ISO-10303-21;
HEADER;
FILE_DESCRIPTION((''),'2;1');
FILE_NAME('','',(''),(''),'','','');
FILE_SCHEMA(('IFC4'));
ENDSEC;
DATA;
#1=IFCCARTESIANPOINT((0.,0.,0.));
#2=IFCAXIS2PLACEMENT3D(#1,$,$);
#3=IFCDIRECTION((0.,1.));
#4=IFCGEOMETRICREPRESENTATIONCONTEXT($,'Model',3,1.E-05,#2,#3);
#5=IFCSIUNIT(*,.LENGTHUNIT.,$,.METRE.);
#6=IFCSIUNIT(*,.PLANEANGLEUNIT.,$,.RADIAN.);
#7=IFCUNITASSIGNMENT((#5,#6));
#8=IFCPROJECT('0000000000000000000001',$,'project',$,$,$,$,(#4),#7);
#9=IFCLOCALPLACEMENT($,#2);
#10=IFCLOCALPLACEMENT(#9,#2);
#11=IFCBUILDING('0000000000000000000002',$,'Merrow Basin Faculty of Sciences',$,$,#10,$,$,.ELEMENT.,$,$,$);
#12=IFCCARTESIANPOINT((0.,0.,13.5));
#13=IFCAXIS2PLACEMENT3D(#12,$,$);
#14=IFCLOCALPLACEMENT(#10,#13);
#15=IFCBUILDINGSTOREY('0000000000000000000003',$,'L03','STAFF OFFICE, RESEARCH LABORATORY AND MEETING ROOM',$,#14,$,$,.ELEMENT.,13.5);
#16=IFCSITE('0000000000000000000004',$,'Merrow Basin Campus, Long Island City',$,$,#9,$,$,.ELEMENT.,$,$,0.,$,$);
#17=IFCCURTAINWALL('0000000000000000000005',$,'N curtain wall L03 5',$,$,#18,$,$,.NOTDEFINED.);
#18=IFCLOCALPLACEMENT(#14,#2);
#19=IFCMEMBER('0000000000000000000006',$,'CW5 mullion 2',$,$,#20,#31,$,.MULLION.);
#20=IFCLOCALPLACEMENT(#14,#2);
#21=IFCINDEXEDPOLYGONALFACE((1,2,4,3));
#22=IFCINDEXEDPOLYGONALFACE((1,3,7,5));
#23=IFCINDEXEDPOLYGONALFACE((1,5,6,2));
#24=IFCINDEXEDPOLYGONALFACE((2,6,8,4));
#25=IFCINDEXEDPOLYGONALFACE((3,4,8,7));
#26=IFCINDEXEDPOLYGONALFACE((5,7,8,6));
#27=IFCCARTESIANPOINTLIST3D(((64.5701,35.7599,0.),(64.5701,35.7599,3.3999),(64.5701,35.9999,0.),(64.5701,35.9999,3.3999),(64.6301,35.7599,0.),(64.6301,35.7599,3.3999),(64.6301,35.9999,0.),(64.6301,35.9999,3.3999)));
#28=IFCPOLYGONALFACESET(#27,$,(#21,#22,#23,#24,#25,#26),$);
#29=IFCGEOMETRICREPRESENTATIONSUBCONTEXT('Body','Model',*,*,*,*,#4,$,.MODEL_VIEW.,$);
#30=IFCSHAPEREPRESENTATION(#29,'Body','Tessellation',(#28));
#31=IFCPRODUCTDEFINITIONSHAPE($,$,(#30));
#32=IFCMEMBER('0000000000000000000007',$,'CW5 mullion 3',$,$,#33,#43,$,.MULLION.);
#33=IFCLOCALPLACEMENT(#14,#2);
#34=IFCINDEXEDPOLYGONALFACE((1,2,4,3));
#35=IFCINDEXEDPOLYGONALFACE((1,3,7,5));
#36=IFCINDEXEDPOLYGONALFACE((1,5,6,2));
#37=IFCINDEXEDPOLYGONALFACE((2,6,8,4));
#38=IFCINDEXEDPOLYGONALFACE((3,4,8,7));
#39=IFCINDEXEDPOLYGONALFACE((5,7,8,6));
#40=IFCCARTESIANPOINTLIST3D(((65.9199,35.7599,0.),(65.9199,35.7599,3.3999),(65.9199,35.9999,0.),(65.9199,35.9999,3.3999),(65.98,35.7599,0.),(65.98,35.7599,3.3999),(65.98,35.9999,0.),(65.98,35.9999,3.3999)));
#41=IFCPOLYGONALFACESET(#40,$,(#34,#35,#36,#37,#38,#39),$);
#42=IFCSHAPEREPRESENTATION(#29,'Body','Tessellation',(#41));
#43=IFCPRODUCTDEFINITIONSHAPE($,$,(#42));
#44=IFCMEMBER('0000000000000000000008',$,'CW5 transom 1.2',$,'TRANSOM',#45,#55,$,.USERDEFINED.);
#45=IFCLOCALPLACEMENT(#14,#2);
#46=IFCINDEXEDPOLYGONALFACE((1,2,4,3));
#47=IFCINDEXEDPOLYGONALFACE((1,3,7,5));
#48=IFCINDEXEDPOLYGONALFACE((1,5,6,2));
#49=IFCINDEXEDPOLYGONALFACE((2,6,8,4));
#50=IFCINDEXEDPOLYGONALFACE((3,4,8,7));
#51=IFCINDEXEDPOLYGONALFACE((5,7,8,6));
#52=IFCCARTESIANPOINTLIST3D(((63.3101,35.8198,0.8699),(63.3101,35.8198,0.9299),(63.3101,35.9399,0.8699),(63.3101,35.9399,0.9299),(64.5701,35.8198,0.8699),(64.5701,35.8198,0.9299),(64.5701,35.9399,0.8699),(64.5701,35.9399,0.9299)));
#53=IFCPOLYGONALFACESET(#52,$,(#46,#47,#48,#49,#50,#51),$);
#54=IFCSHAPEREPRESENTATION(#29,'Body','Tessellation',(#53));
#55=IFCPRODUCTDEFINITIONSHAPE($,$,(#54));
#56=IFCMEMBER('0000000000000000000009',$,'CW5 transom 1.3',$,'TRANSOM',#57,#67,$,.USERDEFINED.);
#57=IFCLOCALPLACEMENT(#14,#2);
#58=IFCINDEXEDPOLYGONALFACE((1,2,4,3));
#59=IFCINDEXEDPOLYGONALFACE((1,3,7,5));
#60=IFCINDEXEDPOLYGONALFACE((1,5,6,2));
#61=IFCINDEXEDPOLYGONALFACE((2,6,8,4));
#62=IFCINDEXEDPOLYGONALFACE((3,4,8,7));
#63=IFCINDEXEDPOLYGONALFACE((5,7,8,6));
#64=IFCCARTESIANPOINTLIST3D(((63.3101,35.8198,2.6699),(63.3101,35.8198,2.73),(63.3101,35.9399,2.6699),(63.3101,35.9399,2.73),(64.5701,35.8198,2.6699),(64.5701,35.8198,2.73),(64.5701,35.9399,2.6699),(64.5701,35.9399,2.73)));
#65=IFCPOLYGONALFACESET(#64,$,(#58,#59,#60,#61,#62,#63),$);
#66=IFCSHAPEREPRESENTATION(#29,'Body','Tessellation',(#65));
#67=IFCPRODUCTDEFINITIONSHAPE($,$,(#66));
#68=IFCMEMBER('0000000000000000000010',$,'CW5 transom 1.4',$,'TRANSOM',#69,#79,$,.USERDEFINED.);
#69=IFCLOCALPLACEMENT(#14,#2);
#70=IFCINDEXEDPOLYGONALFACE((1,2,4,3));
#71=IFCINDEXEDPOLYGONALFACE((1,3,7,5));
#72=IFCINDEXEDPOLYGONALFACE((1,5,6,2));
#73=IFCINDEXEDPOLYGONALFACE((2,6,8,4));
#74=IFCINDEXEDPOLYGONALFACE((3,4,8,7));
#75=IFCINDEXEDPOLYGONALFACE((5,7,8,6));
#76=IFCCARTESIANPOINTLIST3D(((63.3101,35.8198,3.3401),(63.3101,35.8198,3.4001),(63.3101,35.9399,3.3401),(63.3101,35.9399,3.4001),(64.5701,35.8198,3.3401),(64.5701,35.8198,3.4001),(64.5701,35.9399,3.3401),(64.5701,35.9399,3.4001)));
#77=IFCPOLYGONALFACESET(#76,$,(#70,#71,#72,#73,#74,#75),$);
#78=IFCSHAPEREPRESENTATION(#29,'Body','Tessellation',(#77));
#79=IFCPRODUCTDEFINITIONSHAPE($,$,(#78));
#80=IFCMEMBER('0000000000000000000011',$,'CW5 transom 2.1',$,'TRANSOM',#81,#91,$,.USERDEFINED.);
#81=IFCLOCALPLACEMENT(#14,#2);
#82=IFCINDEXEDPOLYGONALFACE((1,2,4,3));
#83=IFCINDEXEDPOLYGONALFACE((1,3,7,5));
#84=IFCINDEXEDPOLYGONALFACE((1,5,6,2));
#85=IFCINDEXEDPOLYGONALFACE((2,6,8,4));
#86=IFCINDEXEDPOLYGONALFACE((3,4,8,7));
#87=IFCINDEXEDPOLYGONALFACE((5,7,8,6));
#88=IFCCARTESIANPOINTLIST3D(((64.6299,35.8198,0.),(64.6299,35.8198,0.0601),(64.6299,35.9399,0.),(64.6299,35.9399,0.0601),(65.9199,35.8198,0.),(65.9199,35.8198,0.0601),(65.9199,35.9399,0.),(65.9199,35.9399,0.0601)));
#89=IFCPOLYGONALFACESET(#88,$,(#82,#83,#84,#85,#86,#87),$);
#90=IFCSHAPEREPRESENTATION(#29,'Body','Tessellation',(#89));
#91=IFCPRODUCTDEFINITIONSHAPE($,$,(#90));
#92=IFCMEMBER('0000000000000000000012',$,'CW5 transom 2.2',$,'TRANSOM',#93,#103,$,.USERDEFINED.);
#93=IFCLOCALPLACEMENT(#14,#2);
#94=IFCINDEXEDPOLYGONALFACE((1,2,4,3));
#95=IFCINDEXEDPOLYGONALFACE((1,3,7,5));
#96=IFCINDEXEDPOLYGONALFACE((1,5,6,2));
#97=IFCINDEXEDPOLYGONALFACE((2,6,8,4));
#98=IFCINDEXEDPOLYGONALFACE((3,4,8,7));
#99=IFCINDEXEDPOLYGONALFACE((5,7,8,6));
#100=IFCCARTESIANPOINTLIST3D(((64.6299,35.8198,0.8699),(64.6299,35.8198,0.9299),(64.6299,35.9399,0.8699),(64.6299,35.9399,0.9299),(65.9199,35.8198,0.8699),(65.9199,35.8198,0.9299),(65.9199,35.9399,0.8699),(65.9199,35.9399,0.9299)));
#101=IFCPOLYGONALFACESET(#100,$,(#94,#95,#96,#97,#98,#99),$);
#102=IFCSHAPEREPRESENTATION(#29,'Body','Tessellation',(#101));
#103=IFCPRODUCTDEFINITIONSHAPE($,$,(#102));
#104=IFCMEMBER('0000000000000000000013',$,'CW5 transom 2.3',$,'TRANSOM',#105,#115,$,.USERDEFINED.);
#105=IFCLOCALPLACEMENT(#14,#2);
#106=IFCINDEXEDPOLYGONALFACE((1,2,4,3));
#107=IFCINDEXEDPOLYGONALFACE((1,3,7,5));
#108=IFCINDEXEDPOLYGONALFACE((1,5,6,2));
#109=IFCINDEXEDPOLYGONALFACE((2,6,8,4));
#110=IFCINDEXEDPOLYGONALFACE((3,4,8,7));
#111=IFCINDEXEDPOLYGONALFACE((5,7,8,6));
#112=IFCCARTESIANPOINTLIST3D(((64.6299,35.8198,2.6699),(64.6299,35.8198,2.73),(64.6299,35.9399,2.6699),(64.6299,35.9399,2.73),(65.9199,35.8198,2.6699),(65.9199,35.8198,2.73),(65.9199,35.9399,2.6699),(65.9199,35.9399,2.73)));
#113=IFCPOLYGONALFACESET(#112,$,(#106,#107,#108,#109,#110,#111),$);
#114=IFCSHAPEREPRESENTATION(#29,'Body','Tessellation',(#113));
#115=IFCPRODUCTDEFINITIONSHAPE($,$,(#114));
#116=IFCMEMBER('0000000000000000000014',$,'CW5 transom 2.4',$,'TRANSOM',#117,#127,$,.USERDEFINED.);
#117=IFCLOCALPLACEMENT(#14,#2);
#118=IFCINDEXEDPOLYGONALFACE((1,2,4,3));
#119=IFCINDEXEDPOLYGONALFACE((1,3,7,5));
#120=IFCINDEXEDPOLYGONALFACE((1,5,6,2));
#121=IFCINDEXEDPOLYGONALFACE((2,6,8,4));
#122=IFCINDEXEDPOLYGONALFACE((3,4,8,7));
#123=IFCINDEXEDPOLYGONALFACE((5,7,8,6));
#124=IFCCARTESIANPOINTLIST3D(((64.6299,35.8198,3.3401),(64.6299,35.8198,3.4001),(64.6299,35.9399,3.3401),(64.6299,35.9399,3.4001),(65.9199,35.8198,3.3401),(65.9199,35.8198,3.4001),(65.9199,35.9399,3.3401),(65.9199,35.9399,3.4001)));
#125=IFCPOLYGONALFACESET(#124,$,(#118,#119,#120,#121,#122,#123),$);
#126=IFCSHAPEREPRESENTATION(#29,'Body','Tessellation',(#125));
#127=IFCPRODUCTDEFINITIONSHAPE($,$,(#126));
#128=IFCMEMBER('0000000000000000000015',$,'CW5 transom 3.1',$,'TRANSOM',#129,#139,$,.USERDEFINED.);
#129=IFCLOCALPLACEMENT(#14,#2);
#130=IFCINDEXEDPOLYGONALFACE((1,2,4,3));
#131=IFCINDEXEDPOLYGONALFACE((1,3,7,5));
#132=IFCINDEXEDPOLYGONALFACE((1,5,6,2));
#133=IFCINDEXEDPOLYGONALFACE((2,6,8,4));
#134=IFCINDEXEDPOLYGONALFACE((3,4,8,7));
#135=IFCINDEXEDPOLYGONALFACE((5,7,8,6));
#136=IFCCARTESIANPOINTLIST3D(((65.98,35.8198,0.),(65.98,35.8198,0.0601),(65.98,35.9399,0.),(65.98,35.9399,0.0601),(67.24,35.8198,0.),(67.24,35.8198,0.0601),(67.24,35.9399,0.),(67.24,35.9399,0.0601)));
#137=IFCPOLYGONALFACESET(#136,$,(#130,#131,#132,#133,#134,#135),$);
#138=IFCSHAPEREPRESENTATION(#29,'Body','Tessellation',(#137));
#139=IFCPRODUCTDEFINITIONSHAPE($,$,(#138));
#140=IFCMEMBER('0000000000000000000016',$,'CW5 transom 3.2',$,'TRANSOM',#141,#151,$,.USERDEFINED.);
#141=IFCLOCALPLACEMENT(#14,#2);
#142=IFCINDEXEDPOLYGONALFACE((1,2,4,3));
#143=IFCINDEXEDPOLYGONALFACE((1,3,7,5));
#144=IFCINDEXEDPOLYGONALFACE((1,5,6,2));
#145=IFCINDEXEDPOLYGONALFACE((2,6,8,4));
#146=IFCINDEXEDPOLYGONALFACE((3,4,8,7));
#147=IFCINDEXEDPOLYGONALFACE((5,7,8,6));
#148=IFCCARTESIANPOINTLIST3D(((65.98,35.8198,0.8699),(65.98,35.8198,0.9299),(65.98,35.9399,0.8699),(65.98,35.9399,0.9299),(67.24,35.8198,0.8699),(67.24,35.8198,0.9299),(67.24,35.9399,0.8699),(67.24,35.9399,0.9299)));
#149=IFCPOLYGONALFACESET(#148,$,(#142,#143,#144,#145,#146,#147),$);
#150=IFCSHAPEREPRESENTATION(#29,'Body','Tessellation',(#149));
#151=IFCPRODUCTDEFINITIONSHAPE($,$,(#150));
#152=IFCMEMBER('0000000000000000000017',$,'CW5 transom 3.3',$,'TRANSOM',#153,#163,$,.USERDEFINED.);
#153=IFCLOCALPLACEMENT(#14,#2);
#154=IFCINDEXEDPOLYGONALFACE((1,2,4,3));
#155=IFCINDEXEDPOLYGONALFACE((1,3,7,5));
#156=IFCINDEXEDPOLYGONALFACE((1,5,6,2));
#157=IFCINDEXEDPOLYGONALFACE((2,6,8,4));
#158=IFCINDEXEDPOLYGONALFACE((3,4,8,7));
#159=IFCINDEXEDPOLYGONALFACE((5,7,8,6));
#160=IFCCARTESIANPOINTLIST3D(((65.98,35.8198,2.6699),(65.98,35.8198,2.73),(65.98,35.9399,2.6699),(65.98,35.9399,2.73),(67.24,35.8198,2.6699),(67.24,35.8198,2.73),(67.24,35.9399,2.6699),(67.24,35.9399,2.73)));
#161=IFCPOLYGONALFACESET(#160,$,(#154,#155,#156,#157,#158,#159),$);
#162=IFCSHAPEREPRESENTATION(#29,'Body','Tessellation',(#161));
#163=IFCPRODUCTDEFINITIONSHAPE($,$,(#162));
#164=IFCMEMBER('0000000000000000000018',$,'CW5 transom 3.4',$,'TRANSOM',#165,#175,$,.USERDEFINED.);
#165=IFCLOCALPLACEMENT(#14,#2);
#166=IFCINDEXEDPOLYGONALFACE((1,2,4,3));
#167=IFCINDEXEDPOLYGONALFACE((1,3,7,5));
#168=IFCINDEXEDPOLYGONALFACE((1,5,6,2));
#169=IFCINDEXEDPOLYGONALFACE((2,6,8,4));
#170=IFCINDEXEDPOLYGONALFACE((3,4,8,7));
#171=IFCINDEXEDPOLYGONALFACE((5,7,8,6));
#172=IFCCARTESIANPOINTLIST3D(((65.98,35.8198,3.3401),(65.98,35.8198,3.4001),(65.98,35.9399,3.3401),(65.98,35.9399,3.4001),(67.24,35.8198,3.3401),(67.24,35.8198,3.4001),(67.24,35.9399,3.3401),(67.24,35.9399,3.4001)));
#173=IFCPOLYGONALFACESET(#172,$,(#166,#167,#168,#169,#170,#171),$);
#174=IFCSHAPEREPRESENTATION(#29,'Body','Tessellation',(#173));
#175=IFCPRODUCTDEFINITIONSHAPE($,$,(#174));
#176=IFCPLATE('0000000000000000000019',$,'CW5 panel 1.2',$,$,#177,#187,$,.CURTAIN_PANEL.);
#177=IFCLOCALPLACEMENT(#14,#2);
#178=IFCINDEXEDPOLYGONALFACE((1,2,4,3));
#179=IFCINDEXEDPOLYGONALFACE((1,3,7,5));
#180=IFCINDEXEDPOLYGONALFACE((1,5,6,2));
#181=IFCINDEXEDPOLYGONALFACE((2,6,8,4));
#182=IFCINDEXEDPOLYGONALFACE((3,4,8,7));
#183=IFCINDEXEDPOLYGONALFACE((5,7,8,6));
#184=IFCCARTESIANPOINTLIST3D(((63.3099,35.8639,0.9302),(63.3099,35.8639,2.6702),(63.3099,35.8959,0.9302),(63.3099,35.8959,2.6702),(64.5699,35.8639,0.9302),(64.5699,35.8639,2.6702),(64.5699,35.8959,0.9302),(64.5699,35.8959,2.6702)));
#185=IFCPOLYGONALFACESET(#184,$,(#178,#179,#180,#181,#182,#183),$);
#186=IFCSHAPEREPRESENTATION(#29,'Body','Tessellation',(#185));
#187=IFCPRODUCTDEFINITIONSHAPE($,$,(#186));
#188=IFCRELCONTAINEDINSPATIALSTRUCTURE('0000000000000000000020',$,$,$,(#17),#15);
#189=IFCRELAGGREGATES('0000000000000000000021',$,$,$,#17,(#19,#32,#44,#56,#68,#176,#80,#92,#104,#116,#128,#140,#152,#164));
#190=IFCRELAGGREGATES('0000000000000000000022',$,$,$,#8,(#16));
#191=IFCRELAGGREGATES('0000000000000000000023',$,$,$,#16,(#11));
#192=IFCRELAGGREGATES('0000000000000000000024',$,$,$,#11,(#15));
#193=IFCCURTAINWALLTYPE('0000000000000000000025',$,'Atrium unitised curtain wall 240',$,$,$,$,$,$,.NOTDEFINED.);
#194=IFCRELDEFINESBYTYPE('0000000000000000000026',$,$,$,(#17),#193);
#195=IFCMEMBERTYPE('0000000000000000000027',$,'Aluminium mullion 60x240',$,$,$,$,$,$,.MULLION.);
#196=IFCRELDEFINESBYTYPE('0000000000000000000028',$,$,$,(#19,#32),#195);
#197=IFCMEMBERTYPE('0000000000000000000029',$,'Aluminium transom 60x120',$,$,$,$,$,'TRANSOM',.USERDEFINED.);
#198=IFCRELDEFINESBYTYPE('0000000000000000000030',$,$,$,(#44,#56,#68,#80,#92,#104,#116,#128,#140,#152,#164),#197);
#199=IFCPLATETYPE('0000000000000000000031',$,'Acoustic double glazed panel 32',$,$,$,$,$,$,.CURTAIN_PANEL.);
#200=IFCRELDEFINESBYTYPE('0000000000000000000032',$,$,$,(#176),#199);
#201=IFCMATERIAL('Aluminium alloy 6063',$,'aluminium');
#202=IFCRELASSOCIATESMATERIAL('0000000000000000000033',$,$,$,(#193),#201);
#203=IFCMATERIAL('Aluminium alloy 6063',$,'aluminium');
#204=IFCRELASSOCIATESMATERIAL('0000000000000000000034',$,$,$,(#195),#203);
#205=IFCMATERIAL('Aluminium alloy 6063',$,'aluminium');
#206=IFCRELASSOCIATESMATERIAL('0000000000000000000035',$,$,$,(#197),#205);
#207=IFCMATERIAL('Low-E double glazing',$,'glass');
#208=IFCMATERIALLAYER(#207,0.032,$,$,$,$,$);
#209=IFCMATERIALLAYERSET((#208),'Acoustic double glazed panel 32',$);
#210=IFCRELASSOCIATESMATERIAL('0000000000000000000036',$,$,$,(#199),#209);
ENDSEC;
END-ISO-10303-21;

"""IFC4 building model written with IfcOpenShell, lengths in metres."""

from ifc_helpers import new_model, si_unit, direction, frame, origin, origin_2d, place, context, subcontext, project, spatial, rectangle, extrude, material, layer, layer_set, material_profile, profile_set, type_object, element, aggregate, save


model = new_model("IFC4")

# Units and contexts
model_context = context("Model", 3, precision=1e-05, world=origin(), true_north=direction((0.0, 1.0)))
body_context = subcontext(model_context, "Body", "Model", "MODEL_VIEW")
ifc_project = project(units=[si_unit("LENGTHUNIT", "METRE"), si_unit("PLANEANGLEUNIT", "RADIAN")], contexts=[model_context])

# Site, building, storey
site_placement = place(None, origin())
site = spatial("IfcSite", under=ifc_project, at=site_placement, Name="Merrow Basin Campus, Long Island City", CompositionType="ELEMENT", RefElevation=0.0)
building_placement = place(site_placement, origin())
building = spatial("IfcBuilding", under=site, at=building_placement, Name="Merrow Basin Faculty of Sciences", CompositionType="ELEMENT")
storey_placement = place(building_placement, frame((0.0, 0.0, 13.5)))
storey = spatial("IfcBuildingStorey", under=building, at=storey_placement, Name="L03", Description="STAFF OFFICE, RESEARCH LABORATORY AND MEETING ROOM", CompositionType="ELEMENT", Elevation=13.5)

# Curtain wall, members, plate
ifc_material_1 = material(Name="Aluminium alloy 6063", Category="aluminium")
curtain_wall_type = type_object("IfcCurtainWallType", Name="Atrium unitised curtain wall 240", PredefinedType="NOTDEFINED", material=ifc_material_1)
curtain_wall_placement = place(storey_placement, origin())
curtain_wall = element("IfcCurtainWall", 1, at=curtain_wall_placement, inside=storey, type_object=curtain_wall_type, Name="N curtain wall L03 5", PredefinedType="NOTDEFINED")
ifc_material_2 = material(Name="Aluminium alloy 6063", Category="aluminium")
ifc_material_profile_1 = material_profile(ifc_material_2, rectangle(XDim=0.24, YDim=0.0601, at=origin_2d()))
ifc_profile_set_1 = profile_set([ifc_material_profile_1], Name="Aluminium alloy 6063")
member_type_1 = type_object("IfcMemberType", Name="Aluminium mullion 60x240", PredefinedType="MULLION", material=ifc_profile_set_1)
member_1_placement = place(storey_placement, frame((64.6001, 35.8799, 0.0), z_axis=(0.0, 0.0, 1.0), x_axis=(0.0, 1.0, 0.0)))
member_1 = element("IfcMember", 2, at=member_1_placement, type_object=member_type_1, Name="CW5 mullion 2", PredefinedType="MULLION", context=body_context, shape_type="SweptSolid", body=[
    extrude(rectangle(XDim=0.24, YDim=0.0601, at=origin_2d()), origin(), (0.0, 0.0, 1.0), 3.3999),
])
member_2_placement = place(storey_placement, frame((65.95, 35.8799, 0.0), z_axis=(0.0, 0.0, 1.0), x_axis=(0.0, 1.0, 0.0)))
member_2 = element("IfcMember", 3, at=member_2_placement, type_object=member_type_1, Name="CW5 mullion 3", PredefinedType="MULLION", context=body_context, shape_type="SweptSolid", body=[
    extrude(rectangle(XDim=0.24, YDim=0.0601, at=origin_2d()), origin(), (0.0, 0.0, 1.0), 3.3999),
])
ifc_material_3 = material(Name="Aluminium alloy 6063", Category="aluminium")
ifc_material_profile_2 = material_profile(ifc_material_3, rectangle(XDim=0.1201, YDim=0.0601, at=origin_2d()))
ifc_profile_set_2 = profile_set([ifc_material_profile_2], Name="Aluminium alloy 6063")
member_type_2 = type_object("IfcMemberType", Name="Aluminium transom 60x120", ElementType="TRANSOM", PredefinedType="USERDEFINED", material=ifc_profile_set_2)
member_3_placement = place(storey_placement, frame((63.3101, 35.8799, 0.8999), z_axis=(1.0, 0.0, 0.0), x_axis=(0.0, 1.0, 0.0)))
member_3 = element("IfcMember", 4, at=member_3_placement, type_object=member_type_2, Name="CW5 transom 1.2", ObjectType="TRANSOM", PredefinedType="USERDEFINED", context=body_context, shape_type="SweptSolid", body=[
    extrude(rectangle(XDim=0.1201, YDim=0.0601, at=origin_2d()), origin(), (0.0, 0.0, 1.0), 1.26),
])
member_4_placement = place(storey_placement, frame((63.3101, 35.8799, 2.7), z_axis=(1.0, 0.0, 0.0), x_axis=(0.0, 1.0, 0.0)))
member_4 = element("IfcMember", 5, at=member_4_placement, type_object=member_type_2, Name="CW5 transom 1.3", ObjectType="TRANSOM", PredefinedType="USERDEFINED", context=body_context, shape_type="SweptSolid", body=[
    extrude(rectangle(XDim=0.1201, YDim=0.0601, at=origin_2d()), origin(), (0.0, 0.0, 1.0), 1.26),
])
member_5_placement = place(storey_placement, frame((63.3101, 35.8799, 3.3701), z_axis=(1.0, 0.0, 0.0), x_axis=(0.0, 1.0, 0.0)))
member_5 = element("IfcMember", 6, at=member_5_placement, type_object=member_type_2, Name="CW5 transom 1.4", ObjectType="TRANSOM", PredefinedType="USERDEFINED", context=body_context, shape_type="SweptSolid", body=[
    extrude(rectangle(XDim=0.1201, YDim=0.0601, at=origin_2d()), origin(), (0.0, 0.0, 1.0), 1.26),
])
member_6_placement = place(storey_placement, frame((64.6299, 35.8799, 0.03), z_axis=(1.0, 0.0, 0.0), x_axis=(0.0, 1.0, 0.0)))
member_6 = element("IfcMember", 7, at=member_6_placement, type_object=member_type_2, Name="CW5 transom 2.1", ObjectType="TRANSOM", PredefinedType="USERDEFINED", context=body_context, shape_type="SweptSolid", body=[
    extrude(rectangle(XDim=0.1201, YDim=0.0601, at=origin_2d()), origin(), (0.0, 0.0, 1.0), 1.29),
])
member_7_placement = place(storey_placement, frame((64.6299, 35.8799, 0.8999), z_axis=(1.0, 0.0, 0.0), x_axis=(0.0, 1.0, 0.0)))
member_7 = element("IfcMember", 8, at=member_7_placement, type_object=member_type_2, Name="CW5 transom 2.2", ObjectType="TRANSOM", PredefinedType="USERDEFINED", context=body_context, shape_type="SweptSolid", body=[
    extrude(rectangle(XDim=0.1201, YDim=0.0601, at=origin_2d()), origin(), (0.0, 0.0, 1.0), 1.29),
])
member_8_placement = place(storey_placement, frame((64.6299, 35.8799, 2.7), z_axis=(1.0, 0.0, 0.0), x_axis=(0.0, 1.0, 0.0)))
member_8 = element("IfcMember", 9, at=member_8_placement, type_object=member_type_2, Name="CW5 transom 2.3", ObjectType="TRANSOM", PredefinedType="USERDEFINED", context=body_context, shape_type="SweptSolid", body=[
    extrude(rectangle(XDim=0.1201, YDim=0.0601, at=origin_2d()), origin(), (0.0, 0.0, 1.0), 1.29),
])
member_9_placement = place(storey_placement, frame((64.6299, 35.8799, 3.3701), z_axis=(1.0, 0.0, 0.0), x_axis=(0.0, 1.0, 0.0)))
member_9 = element("IfcMember", 10, at=member_9_placement, type_object=member_type_2, Name="CW5 transom 2.4", ObjectType="TRANSOM", PredefinedType="USERDEFINED", context=body_context, shape_type="SweptSolid", body=[
    extrude(rectangle(XDim=0.1201, YDim=0.0601, at=origin_2d()), origin(), (0.0, 0.0, 1.0), 1.29),
])
member_10_placement = place(storey_placement, frame((65.98, 35.8799, 0.03), z_axis=(1.0, 0.0, 0.0), x_axis=(0.0, 1.0, 0.0)))
member_10 = element("IfcMember", 11, at=member_10_placement, type_object=member_type_2, Name="CW5 transom 3.1", ObjectType="TRANSOM", PredefinedType="USERDEFINED", context=body_context, shape_type="SweptSolid", body=[
    extrude(rectangle(XDim=0.1201, YDim=0.0601, at=origin_2d()), origin(), (0.0, 0.0, 1.0), 1.26),
])
member_11_placement = place(storey_placement, frame((65.98, 35.8799, 0.8999), z_axis=(1.0, 0.0, 0.0), x_axis=(0.0, 1.0, 0.0)))
member_11 = element("IfcMember", 12, at=member_11_placement, type_object=member_type_2, Name="CW5 transom 3.2", ObjectType="TRANSOM", PredefinedType="USERDEFINED", context=body_context, shape_type="SweptSolid", body=[
    extrude(rectangle(XDim=0.1201, YDim=0.0601, at=origin_2d()), origin(), (0.0, 0.0, 1.0), 1.26),
])
member_12_placement = place(storey_placement, frame((65.98, 35.8799, 2.7), z_axis=(1.0, 0.0, 0.0), x_axis=(0.0, 1.0, 0.0)))
member_12 = element("IfcMember", 13, at=member_12_placement, type_object=member_type_2, Name="CW5 transom 3.3", ObjectType="TRANSOM", PredefinedType="USERDEFINED", context=body_context, shape_type="SweptSolid", body=[
    extrude(rectangle(XDim=0.1201, YDim=0.0601, at=origin_2d()), origin(), (0.0, 0.0, 1.0), 1.26),
])
member_13_placement = place(storey_placement, frame((65.98, 35.8799, 3.3701), z_axis=(1.0, 0.0, 0.0), x_axis=(0.0, 1.0, 0.0)))
member_13 = element("IfcMember", 14, at=member_13_placement, type_object=member_type_2, Name="CW5 transom 3.4", ObjectType="TRANSOM", PredefinedType="USERDEFINED", context=body_context, shape_type="SweptSolid", body=[
    extrude(rectangle(XDim=0.1201, YDim=0.0601, at=origin_2d()), origin(), (0.0, 0.0, 1.0), 1.26),
])
ifc_material_4 = material(Name="Low-E double glazing", Category="glass")
ifc_layer_1 = layer(ifc_material_4, 0.032)
ifc_layer_set_1 = layer_set([ifc_layer_1], Name="Acoustic double glazed panel 32")
plate_type_1 = type_object("IfcPlateType", Name="Acoustic double glazed panel 32", PredefinedType="CURTAIN_PANEL", material=ifc_layer_set_1)
plate_1_placement = place(storey_placement, frame((63.9399, 35.8799, 0.9302), z_axis=(0.0, 0.0, 1.0), x_axis=(1.0, 0.0, 0.0)))
plate_1 = element("IfcPlate", 15, at=plate_1_placement, type_object=plate_type_1, Name="CW5 panel 1.2", PredefinedType="CURTAIN_PANEL", context=body_context, shape_type="SweptSolid", body=[
    extrude(rectangle(XDim=1.26, YDim=0.032, at=origin_2d()), origin(), (0.0, 0.0, 1.0), 1.74),
])
aggregate(curtain_wall, [member_1, member_2, member_3, member_4, member_5, plate_1, member_6, member_7, member_8, member_9, member_10, member_11, member_12, member_13])

save(model, "model.ifc")
